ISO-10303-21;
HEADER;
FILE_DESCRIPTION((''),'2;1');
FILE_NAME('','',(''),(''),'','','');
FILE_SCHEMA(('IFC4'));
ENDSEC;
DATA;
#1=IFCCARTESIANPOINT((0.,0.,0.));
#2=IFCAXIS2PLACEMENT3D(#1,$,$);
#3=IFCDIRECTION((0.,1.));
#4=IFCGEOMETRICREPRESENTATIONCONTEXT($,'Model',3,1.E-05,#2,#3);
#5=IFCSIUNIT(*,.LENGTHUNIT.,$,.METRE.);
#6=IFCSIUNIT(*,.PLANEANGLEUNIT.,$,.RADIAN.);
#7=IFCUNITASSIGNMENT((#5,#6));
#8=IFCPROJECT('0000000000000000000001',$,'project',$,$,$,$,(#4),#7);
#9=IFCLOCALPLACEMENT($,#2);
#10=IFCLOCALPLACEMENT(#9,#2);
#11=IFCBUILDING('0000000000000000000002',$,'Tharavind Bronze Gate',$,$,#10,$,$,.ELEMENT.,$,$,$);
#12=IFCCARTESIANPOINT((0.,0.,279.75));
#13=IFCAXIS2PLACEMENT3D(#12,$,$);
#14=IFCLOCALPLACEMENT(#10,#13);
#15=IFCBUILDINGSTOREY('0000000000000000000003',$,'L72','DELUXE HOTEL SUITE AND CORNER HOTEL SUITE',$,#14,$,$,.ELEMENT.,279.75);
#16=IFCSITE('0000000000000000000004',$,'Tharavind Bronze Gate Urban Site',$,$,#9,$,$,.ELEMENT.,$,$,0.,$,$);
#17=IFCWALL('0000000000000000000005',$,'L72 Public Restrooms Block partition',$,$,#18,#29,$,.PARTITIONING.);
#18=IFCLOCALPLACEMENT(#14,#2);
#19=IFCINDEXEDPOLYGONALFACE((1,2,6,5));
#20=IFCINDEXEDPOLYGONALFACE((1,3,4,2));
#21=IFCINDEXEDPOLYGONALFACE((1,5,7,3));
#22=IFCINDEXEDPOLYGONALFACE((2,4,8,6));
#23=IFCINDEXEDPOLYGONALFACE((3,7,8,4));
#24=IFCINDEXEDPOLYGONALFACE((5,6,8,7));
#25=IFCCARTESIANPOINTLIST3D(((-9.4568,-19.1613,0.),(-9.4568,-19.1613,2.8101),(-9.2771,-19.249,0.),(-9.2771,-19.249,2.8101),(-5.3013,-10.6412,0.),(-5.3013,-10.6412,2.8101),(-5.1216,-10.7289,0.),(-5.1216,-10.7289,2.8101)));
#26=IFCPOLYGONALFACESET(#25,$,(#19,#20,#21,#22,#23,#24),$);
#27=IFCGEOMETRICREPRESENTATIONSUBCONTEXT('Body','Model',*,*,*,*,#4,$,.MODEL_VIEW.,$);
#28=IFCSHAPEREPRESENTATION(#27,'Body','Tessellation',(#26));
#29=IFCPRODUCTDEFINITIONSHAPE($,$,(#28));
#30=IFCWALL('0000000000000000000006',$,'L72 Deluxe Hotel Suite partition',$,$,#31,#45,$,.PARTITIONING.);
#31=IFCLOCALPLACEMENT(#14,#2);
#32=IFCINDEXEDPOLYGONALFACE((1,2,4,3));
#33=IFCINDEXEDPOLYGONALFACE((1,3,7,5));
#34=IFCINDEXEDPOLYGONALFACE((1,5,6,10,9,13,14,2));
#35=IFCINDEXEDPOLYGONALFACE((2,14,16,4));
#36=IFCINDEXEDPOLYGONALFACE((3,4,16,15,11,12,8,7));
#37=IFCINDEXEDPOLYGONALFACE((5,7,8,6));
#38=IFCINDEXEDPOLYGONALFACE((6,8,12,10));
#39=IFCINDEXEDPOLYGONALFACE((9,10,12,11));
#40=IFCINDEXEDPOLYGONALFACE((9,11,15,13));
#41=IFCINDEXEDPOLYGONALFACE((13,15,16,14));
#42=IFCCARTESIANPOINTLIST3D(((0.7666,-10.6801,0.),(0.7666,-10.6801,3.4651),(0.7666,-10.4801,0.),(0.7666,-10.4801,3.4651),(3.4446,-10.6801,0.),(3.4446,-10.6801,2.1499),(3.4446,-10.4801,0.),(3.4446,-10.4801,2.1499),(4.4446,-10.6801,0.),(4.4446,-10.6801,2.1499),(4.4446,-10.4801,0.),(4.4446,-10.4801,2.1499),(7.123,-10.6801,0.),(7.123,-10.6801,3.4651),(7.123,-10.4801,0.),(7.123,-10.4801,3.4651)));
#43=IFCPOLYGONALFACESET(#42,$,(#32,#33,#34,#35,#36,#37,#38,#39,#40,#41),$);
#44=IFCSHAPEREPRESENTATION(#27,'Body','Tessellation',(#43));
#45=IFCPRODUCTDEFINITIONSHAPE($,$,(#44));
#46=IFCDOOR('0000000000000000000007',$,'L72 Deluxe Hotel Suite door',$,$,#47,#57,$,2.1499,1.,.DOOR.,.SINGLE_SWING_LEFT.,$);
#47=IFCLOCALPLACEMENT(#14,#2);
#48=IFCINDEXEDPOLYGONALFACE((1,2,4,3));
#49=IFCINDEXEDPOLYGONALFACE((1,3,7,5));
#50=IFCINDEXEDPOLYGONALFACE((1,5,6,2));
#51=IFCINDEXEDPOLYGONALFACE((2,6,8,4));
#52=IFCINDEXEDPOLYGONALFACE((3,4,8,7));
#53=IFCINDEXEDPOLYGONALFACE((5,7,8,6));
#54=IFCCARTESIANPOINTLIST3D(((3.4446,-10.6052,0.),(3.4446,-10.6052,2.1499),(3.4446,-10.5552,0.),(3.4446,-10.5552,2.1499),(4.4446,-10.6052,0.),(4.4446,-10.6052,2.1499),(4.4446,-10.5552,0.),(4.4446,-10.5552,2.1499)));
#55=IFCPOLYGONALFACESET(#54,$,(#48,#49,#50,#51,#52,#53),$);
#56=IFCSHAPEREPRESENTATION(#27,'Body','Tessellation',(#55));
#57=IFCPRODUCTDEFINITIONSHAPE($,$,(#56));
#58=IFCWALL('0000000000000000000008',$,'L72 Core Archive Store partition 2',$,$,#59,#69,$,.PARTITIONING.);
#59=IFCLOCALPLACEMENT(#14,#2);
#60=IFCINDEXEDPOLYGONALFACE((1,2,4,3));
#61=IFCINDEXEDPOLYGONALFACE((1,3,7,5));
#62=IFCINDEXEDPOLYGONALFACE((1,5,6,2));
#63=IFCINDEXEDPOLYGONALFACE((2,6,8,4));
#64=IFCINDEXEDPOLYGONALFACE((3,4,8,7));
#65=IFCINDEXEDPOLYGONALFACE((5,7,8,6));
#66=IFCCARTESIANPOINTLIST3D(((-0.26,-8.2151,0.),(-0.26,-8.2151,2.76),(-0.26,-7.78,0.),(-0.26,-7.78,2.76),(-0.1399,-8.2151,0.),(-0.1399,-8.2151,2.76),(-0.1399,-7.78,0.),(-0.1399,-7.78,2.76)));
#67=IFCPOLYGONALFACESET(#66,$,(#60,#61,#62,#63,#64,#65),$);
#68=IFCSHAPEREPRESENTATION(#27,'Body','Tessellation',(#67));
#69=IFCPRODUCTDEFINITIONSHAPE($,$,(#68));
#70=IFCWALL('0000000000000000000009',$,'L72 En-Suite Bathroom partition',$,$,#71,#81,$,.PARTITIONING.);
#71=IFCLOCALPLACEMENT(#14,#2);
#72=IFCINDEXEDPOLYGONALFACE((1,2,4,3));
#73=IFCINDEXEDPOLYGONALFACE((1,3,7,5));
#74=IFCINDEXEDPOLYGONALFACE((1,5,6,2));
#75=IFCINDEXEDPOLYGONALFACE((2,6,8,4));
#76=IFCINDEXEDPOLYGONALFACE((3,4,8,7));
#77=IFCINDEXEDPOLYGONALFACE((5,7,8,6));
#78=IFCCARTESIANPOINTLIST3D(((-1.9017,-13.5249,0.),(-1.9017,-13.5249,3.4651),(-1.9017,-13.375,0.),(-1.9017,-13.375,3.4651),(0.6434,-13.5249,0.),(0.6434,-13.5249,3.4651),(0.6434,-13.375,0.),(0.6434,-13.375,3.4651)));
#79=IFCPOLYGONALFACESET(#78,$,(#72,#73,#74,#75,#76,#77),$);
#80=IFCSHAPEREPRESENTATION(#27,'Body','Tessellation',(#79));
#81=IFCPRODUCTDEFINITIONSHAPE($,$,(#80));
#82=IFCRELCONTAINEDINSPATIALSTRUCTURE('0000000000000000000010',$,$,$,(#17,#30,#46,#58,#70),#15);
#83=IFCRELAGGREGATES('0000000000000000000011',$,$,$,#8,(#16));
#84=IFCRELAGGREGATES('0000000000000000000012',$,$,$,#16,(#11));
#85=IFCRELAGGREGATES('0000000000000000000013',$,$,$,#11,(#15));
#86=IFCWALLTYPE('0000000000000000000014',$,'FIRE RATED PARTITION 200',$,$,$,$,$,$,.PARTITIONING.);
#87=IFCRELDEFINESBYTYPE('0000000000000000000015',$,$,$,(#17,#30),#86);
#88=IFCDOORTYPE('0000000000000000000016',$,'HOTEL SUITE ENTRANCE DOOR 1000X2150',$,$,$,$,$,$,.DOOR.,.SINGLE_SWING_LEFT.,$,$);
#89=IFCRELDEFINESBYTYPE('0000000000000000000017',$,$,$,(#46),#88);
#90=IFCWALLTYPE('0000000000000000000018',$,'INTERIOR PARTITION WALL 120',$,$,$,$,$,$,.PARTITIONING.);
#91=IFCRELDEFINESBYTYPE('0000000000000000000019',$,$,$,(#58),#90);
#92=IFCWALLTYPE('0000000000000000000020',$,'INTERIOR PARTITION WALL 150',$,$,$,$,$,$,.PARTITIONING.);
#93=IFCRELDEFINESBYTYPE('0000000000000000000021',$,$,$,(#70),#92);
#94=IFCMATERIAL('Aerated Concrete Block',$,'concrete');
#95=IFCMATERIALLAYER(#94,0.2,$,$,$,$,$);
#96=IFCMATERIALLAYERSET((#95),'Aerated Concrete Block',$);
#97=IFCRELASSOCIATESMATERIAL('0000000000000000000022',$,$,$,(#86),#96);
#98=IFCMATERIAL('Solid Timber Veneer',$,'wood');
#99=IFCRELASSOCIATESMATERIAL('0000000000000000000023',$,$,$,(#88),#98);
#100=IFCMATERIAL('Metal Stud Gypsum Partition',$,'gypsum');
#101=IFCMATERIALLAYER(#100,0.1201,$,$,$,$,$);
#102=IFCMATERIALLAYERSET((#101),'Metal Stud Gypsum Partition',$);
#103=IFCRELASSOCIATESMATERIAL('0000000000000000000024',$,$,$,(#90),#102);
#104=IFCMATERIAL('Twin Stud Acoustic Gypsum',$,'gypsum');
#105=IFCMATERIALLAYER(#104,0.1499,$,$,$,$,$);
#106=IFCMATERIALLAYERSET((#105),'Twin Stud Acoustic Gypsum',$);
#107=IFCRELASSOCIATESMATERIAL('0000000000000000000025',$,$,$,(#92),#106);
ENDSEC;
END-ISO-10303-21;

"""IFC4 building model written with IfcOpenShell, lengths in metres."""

from ifc_helpers import new_model, si_unit, direction, frame, frame_2d, origin, place, context, subcontext, project, spatial, rectangle, extrude, material, layer, layer_set, type_object, element, fill, save


model = new_model("IFC4")

# Units and contexts
model_context = context("Model", 3, precision=1e-05, world=origin(), true_north=direction((0.0, 1.0)))
body_context = subcontext(model_context, "Body", "Model", "MODEL_VIEW")
ifc_project = project(units=[si_unit("LENGTHUNIT", "METRE"), si_unit("PLANEANGLEUNIT", "RADIAN")], contexts=[model_context])

# Site, building, storey
site_placement = place(None, origin())
site = spatial("IfcSite", under=ifc_project, at=site_placement, Name="Tharavind Bronze Gate Urban Site", CompositionType="ELEMENT", RefElevation=0.0)
building_placement = place(site_placement, origin())
building = spatial("IfcBuilding", under=site, at=building_placement, Name="Tharavind Bronze Gate", CompositionType="ELEMENT")
storey_placement = place(building_placement, frame((0.0, 0.0, 279.75)))
storey = spatial("IfcBuildingStorey", under=building, at=storey_placement, Name="L72", Description="DELUXE HOTEL SUITE AND CORNER HOTEL SUITE", CompositionType="ELEMENT", Elevation=279.75)

# Shared definitions
ifc_material_1 = material(Name="Aerated Concrete Block", Category="concrete")
ifc_layer_1 = layer(ifc_material_1, 0.2)
ifc_layer_set_1 = layer_set([ifc_layer_1], Name="Aerated Concrete Block")
wall_type_1 = type_object("IfcWallType", Name="FIRE RATED PARTITION 200", PredefinedType="PARTITIONING", material=ifc_layer_set_1)

# Wall
wall_1_placement = place(storey_placement, frame((-5.2114, -10.6851, 0.0), z_axis=(0.0, 0.0, 1.0), x_axis=(-0.438373, -0.898793, 0.0)))
element("IfcWall", 1, at=wall_1_placement, inside=storey, type_object=wall_type_1, Name="L72 Public Restrooms Block partition", PredefinedType="PARTITIONING", context=body_context, shape_type="SweptSolid", body=[
    extrude(rectangle(XDim=9.4795, YDim=0.2, at=frame_2d((4.7397, 0.0))), origin(), (0.0, 0.0, 1.0), 2.8101),
])

# Wall, opening, door
ifc_material_2 = material(Name="Solid Timber Veneer", Category="wood")
door_type_1 = type_object("IfcDoorType", Name="HOTEL SUITE ENTRANCE DOOR 1000X2150", OperationType="SINGLE_SWING_LEFT", PredefinedType="DOOR", material=ifc_material_2)
wall_2_placement = place(storey_placement, frame((0.7666, -10.5801, 0.0), z_axis=(0.0, 0.0, 1.0), x_axis=(1.0, 0.0, 0.0)))
wall_2 = element("IfcWall", 2, at=wall_2_placement, inside=storey, type_object=wall_type_1, Name="L72 Deluxe Hotel Suite partition", PredefinedType="PARTITIONING", context=body_context, shape_type="SweptSolid", body=[
    extrude(rectangle(XDim=6.3564, YDim=0.2, at=frame_2d((3.1782, 0.0))), origin(), (0.0, 0.0, 1.0), 3.4651),
])
opening_1_placement = place(wall_2_placement, frame((2.678, 0.0, 0.0)))
opening_1 = element("IfcOpeningElement", 3, at=opening_1_placement, cuts=wall_2, PredefinedType="OPENING", context=body_context, shape_type="SweptSolid", body=[
    extrude(rectangle(XDim=1.0, YDim=2.1499, at=frame_2d((0.5, 1.075))), frame((0.0, 0.1101, 0.0), z_axis=(0.0, -1.0, 0.0), x_axis=(1.0, 0.0, 0.0)), (0.0, 0.0, 1.0), 0.22),
])
door_1_placement = place(opening_1_placement, origin())
door_1 = element("IfcDoor", 4, at=door_1_placement, inside=storey, type_object=door_type_1, Name="L72 Deluxe Hotel Suite door", OperationType="SINGLE_SWING_LEFT", OverallHeight=2.1499, OverallWidth=1.0, PredefinedType="DOOR", context=body_context, shape_type="SweptSolid", body=[
    extrude(rectangle(XDim=1.0, YDim=2.1499, at=frame_2d((0.5, 1.075))), frame((0.0, 0.0249, 0.0), z_axis=(0.0, -1.0, 0.0), x_axis=(1.0, 0.0, 0.0)), (0.0, 0.0, 1.0), 0.05),
])
fill(opening_1, door_1)

# Walls
ifc_material_3 = material(Name="Metal Stud Gypsum Partition", Category="gypsum")
ifc_layer_2 = layer(ifc_material_3, 0.1201)
ifc_layer_set_2 = layer_set([ifc_layer_2], Name="Metal Stud Gypsum Partition")
wall_type_2 = type_object("IfcWallType", Name="INTERIOR PARTITION WALL 120", PredefinedType="PARTITIONING", material=ifc_layer_set_2)
wall_3_placement = place(storey_placement, frame((-0.2, -8.2151, 0.0), z_axis=(0.0, 0.0, 1.0), x_axis=(0.0, 1.0, 0.0)))
element("IfcWall", 5, at=wall_3_placement, inside=storey, type_object=wall_type_2, Name="L72 Core Archive Store partition 2", PredefinedType="PARTITIONING", context=body_context, shape_type="SweptSolid", body=[
    extrude(rectangle(XDim=0.4351, YDim=0.1201, at=frame_2d((0.2175, 0.0))), origin(), (0.0, 0.0, 1.0), 2.76),
])
ifc_material_4 = material(Name="Twin Stud Acoustic Gypsum", Category="gypsum")
ifc_layer_3 = layer(ifc_material_4, 0.1499)
ifc_layer_set_3 = layer_set([ifc_layer_3], Name="Twin Stud Acoustic Gypsum")
wall_type_3 = type_object("IfcWallType", Name="INTERIOR PARTITION WALL 150", PredefinedType="PARTITIONING", material=ifc_layer_set_3)
wall_4_placement = place(storey_placement, frame((0.6433, -13.45, 0.0), z_axis=(0.0, 0.0, 1.0), x_axis=(-1.0, 0.0, 0.0)))
element("IfcWall", 6, at=wall_4_placement, inside=storey, type_object=wall_type_3, Name="L72 En-Suite Bathroom partition", PredefinedType="PARTITIONING", context=body_context, shape_type="SweptSolid", body=[
    extrude(rectangle(XDim=2.5452, YDim=0.1499, at=frame_2d((1.2725, 0.0))), origin(), (0.0, 0.0, 1.0), 3.4651),
])

save(model, "model.ifc")
